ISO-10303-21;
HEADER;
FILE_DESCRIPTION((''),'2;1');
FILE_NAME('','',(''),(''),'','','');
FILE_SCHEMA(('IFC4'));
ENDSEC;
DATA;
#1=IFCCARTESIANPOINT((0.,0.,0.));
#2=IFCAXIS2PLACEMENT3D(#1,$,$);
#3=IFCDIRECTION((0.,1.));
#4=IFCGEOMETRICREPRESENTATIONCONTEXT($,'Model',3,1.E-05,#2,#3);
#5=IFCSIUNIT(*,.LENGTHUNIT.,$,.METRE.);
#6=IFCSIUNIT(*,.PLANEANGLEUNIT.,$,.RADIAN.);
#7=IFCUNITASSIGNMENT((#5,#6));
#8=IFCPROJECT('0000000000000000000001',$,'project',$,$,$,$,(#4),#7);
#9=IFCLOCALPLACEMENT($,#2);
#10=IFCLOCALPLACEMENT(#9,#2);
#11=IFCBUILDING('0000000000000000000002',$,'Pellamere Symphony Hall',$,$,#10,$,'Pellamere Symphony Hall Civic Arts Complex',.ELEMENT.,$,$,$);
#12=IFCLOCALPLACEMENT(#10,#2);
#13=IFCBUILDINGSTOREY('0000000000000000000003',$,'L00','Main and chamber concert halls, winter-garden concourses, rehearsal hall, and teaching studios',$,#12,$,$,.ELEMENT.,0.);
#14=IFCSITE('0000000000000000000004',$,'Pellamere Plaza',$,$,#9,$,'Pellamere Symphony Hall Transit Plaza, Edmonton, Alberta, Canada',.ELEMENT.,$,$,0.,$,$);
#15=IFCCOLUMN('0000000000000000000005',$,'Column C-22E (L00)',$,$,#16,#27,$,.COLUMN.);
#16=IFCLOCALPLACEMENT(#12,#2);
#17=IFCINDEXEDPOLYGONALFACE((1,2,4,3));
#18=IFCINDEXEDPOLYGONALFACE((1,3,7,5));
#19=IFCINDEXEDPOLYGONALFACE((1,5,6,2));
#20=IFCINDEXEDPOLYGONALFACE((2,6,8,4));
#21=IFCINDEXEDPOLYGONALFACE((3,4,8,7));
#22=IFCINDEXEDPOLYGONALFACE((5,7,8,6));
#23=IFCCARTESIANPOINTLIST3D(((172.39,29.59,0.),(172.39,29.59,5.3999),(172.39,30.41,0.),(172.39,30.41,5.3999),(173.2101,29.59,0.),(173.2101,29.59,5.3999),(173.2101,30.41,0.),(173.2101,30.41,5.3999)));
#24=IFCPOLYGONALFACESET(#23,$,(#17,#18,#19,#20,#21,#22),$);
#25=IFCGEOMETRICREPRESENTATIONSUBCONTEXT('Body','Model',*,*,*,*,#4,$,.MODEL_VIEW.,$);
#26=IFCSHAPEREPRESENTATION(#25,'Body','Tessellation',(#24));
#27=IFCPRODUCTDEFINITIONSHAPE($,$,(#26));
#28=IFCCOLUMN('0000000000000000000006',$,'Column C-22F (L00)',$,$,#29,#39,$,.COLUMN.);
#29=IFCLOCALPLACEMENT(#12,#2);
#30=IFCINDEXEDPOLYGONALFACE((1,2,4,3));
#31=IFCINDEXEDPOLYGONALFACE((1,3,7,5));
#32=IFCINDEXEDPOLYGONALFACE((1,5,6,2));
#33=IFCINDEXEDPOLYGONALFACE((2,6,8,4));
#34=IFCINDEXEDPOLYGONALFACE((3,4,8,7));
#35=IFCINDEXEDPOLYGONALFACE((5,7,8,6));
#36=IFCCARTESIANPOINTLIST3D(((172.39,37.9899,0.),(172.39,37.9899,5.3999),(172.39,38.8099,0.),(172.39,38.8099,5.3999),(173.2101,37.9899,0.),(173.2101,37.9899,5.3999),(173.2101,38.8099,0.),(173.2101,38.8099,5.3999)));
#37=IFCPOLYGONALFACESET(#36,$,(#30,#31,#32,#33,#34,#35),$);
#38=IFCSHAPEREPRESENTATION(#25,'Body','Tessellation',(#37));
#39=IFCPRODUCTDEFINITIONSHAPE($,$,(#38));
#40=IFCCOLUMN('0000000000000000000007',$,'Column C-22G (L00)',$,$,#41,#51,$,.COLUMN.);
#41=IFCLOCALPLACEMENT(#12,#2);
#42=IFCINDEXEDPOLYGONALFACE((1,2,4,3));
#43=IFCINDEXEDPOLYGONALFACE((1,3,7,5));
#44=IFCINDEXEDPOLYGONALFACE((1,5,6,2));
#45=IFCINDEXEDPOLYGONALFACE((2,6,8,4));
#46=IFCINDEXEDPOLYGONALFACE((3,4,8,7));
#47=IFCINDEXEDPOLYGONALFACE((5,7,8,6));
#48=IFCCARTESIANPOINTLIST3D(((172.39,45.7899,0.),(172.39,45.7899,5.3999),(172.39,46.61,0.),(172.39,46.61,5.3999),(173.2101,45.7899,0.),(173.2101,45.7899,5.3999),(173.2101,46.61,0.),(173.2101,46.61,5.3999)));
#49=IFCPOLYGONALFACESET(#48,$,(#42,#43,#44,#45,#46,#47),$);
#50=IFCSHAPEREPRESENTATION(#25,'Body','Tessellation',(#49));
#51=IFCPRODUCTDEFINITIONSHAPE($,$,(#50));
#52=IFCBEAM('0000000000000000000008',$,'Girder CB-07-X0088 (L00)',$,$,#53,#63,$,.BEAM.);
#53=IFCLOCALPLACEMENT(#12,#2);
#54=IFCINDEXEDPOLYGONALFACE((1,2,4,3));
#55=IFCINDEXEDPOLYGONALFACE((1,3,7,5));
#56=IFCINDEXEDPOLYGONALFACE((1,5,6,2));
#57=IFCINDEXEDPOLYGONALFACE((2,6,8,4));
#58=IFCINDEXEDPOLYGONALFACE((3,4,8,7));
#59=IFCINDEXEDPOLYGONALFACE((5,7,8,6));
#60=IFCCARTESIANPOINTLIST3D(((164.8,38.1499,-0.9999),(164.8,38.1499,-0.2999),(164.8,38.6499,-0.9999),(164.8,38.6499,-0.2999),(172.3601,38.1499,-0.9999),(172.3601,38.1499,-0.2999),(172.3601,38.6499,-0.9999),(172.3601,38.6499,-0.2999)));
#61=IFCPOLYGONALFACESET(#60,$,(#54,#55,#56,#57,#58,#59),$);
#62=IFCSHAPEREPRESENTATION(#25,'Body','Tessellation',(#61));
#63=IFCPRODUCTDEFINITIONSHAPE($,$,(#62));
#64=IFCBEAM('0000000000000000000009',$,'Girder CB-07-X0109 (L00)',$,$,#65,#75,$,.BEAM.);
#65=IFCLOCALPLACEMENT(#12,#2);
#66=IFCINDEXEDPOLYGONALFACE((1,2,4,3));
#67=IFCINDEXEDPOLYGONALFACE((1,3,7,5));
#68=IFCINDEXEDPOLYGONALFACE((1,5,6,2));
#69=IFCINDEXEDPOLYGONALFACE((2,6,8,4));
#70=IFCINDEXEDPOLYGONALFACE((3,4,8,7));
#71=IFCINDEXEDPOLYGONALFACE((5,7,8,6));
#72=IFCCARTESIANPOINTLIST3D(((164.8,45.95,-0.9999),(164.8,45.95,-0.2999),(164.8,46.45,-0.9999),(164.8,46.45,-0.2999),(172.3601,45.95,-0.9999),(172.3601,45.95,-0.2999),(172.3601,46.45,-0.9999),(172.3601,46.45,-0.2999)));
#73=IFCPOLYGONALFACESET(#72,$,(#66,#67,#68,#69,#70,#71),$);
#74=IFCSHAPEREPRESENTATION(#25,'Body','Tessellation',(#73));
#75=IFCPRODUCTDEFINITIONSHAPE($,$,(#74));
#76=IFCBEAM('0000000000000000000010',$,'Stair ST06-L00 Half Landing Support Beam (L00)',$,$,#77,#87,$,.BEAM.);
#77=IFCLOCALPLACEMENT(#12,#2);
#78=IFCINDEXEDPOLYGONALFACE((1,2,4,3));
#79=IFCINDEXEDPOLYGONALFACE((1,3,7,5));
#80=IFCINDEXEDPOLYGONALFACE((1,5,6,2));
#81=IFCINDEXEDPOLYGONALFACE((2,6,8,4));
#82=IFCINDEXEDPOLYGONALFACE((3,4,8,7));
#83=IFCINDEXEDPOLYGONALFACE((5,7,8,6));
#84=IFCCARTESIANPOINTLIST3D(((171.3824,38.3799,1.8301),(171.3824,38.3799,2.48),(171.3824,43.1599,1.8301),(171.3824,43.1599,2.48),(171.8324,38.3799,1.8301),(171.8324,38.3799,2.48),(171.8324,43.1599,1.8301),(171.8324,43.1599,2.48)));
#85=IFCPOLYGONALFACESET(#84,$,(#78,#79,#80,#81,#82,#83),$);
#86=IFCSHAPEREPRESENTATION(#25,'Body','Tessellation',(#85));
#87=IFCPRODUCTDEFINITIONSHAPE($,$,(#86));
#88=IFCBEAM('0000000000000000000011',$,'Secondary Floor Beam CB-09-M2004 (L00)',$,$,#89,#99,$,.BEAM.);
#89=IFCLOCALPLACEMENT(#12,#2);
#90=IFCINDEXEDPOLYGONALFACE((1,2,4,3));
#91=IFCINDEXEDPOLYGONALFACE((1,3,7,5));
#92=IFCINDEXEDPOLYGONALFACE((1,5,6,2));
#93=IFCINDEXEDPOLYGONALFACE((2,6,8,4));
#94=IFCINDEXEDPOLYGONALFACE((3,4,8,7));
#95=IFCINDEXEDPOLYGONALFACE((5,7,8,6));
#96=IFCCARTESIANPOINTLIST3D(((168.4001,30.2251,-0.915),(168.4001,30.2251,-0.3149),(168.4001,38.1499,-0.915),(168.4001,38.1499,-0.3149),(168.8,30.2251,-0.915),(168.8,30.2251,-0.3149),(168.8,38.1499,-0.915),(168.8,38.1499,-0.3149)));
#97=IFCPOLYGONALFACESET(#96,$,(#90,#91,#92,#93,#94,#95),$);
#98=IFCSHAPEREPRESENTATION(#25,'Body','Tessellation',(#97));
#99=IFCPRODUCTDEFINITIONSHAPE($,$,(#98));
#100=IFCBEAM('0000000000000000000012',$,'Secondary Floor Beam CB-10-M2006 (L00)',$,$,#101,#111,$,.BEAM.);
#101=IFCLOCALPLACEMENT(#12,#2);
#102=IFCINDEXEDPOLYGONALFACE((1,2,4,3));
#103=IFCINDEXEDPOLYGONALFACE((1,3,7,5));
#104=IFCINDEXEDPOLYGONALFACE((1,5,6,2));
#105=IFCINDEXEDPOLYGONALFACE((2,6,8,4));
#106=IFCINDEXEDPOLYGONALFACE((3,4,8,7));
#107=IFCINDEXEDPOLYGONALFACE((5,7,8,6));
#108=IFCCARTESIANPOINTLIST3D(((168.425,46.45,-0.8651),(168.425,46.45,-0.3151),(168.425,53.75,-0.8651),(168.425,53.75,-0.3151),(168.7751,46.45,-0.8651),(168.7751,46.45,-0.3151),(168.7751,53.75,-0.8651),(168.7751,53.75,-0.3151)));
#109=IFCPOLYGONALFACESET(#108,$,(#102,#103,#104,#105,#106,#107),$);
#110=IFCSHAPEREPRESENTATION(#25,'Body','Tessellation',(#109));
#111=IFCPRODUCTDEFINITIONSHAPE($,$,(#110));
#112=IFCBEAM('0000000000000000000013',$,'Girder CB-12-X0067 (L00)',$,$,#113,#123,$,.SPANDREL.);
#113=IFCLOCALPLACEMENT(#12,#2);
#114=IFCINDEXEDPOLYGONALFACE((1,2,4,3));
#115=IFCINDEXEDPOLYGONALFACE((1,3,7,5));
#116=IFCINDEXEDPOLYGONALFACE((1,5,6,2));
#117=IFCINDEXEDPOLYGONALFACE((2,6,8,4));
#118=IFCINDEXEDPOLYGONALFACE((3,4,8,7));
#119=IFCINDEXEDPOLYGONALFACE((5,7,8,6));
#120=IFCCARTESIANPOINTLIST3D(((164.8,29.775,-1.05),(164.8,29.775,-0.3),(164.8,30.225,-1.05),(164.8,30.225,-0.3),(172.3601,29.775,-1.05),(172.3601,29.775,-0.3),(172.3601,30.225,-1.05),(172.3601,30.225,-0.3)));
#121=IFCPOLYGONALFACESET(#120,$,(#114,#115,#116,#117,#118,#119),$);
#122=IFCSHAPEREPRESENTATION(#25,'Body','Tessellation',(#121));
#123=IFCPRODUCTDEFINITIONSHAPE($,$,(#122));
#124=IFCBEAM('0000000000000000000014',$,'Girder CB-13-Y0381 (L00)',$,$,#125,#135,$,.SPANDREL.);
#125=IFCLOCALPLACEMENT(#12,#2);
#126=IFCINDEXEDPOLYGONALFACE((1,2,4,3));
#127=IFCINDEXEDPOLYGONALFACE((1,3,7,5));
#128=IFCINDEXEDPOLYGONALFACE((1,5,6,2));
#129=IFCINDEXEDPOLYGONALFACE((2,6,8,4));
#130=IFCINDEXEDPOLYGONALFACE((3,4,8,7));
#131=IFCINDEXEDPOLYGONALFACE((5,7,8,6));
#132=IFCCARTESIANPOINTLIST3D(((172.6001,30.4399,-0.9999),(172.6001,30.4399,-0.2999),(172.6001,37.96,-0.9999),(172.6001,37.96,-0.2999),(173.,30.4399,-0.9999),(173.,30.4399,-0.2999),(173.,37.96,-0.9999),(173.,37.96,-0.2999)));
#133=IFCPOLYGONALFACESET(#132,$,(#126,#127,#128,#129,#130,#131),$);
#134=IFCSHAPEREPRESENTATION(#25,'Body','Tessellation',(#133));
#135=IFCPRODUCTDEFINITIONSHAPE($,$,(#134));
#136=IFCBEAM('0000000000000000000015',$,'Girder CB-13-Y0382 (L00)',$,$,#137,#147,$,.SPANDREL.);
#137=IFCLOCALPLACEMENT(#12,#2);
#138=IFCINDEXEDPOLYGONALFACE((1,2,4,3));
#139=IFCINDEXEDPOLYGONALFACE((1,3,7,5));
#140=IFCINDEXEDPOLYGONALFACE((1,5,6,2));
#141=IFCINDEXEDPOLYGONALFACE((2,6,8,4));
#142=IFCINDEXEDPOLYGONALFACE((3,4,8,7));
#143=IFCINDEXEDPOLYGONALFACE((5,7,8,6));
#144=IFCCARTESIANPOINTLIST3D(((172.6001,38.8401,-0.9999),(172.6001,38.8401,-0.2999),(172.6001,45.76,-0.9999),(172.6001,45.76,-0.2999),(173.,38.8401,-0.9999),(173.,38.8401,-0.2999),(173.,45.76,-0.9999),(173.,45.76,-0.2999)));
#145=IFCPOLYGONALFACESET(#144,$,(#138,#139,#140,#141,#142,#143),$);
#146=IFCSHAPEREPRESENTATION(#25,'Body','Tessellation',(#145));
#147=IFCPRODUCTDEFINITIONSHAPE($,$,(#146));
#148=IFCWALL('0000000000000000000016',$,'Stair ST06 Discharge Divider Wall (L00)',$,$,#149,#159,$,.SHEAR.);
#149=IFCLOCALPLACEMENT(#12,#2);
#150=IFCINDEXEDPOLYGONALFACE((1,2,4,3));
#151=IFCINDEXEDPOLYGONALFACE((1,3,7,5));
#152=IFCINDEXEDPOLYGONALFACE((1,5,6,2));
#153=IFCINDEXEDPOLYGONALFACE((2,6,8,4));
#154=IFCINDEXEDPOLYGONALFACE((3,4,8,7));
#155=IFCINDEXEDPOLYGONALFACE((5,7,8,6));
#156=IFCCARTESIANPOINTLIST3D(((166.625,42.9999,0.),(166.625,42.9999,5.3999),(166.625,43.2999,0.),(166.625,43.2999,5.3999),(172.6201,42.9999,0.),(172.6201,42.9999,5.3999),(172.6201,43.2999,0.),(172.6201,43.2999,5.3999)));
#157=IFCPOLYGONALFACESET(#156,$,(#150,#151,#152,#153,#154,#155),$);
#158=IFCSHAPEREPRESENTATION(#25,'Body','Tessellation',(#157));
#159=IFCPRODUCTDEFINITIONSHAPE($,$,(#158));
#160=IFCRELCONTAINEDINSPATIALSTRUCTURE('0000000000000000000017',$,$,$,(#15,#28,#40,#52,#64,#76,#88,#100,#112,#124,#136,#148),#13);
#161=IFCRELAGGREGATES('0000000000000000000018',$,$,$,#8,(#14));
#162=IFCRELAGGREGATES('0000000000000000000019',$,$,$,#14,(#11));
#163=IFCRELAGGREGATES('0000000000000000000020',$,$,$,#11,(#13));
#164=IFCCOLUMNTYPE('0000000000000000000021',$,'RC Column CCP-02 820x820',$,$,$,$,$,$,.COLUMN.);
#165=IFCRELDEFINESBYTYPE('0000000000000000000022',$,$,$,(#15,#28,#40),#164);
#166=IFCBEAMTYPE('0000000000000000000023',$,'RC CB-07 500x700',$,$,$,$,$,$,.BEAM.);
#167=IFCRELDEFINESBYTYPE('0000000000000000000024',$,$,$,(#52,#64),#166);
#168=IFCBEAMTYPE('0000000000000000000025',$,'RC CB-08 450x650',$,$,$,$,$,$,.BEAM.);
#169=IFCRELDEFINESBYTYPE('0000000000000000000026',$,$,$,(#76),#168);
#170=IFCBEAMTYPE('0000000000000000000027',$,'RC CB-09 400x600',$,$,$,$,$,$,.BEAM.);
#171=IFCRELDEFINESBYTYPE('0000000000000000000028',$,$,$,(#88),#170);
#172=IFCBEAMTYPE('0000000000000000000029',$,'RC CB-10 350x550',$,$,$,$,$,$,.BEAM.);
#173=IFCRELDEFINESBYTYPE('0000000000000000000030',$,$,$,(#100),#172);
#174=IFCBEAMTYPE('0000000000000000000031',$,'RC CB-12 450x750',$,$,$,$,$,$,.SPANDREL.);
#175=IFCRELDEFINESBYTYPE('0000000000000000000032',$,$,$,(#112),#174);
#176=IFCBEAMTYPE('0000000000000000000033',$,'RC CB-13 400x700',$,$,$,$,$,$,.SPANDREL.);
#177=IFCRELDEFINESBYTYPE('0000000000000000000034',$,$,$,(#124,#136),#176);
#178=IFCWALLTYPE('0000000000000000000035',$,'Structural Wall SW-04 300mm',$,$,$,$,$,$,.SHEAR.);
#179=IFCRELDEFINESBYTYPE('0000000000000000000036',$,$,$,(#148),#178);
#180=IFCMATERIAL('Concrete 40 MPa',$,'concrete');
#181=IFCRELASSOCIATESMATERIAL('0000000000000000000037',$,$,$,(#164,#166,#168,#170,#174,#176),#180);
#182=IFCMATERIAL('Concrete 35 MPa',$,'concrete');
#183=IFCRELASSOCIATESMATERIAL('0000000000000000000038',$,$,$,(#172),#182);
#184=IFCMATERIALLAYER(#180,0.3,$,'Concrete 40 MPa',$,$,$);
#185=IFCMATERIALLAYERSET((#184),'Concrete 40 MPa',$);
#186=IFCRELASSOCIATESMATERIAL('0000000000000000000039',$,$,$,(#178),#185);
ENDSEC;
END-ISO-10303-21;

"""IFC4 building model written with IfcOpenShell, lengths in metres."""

from ifc_helpers import new_model, si_unit, direction, frame, frame_2d, origin, origin_2d, place, context, subcontext, project, spatial, rectangle, extrude, material, layer, layer_set, material_profile, profile_set, type_object, element, save


model = new_model("IFC4")

# Units and contexts
model_context = context("Model", 3, precision=1e-05, world=origin(), true_north=direction((0.0, 1.0)))
body_context = subcontext(model_context, "Body", "Model", "MODEL_VIEW")
ifc_project = project(units=[si_unit("LENGTHUNIT", "METRE"), si_unit("PLANEANGLEUNIT", "RADIAN")], contexts=[model_context])

# Site, building, storey
site_placement = place(None, origin())
site = spatial("IfcSite", under=ifc_project, at=site_placement, Name="Pellamere Plaza", LongName="Pellamere Symphony Hall Transit Plaza, Edmonton, Alberta, Canada", CompositionType="ELEMENT", RefElevation=0.0)
building_placement = place(site_placement, origin())
building = spatial("IfcBuilding", under=site, at=building_placement, Name="Pellamere Symphony Hall", LongName="Pellamere Symphony Hall Civic Arts Complex", CompositionType="ELEMENT")
storey_placement = place(building_placement, origin())
storey = spatial("IfcBuildingStorey", under=building, at=storey_placement, Name="L00", Description="Main and chamber concert halls, winter-garden concourses, rehearsal hall, and teaching studios", CompositionType="ELEMENT", Elevation=0.0)

# Columns
ifc_material_1 = material(Name="Concrete 40 MPa", Category="concrete")
ifc_material_profile_1 = material_profile(ifc_material_1, rectangle(XDim=0.8201, YDim=0.8201, at=origin_2d()), Name="RC 820x820")
ifc_profile_set_1 = profile_set([ifc_material_profile_1], Name="Concrete 40 MPa")
column_type = type_object("IfcColumnType", Name="RC Column CCP-02 820x820", PredefinedType="COLUMN", material=ifc_profile_set_1)
for number, where, z_axis, x_axis, name in (
    (1, (172.8, 30.0, 0.0), (0.0, 0.0, 1.0), (1.0, 0.0, 0.0), "Column C-22E (L00)"),
    (2, (172.8, 38.3999, 0.0), (0.0, 0.0, 1.0), (1.0, 0.0, 0.0), "Column C-22F (L00)"),
    (3, (172.8, 46.2, 0.0), (0.0, 0.0, 1.0), (1.0, 0.0, 0.0), "Column C-22G (L00)"),
):
    element("IfcColumn", number, at=place(storey_placement, frame(where, z_axis=z_axis, x_axis=x_axis)), inside=storey, type_object=column_type, Name=name, PredefinedType="COLUMN", context=body_context, shape_type="SweptSolid", body=[
        extrude(rectangle(XDim=0.8201, YDim=0.8201, at=origin_2d()), origin(), (0.0, 0.0, 1.0), 5.3999),
    ])

# Beams
ifc_material_profile_2 = material_profile(ifc_material_1, rectangle(XDim=0.5, YDim=0.7, at=origin_2d()), Name="RC 500x700")
ifc_profile_set_2 = profile_set([ifc_material_profile_2], Name="Concrete 40 MPa")
beam_type_1 = type_object("IfcBeamType", Name="RC CB-07 500x700", PredefinedType="BEAM", material=ifc_profile_set_2)
for number, where, z_axis, x_axis, name in (
    (4, (164.8, 38.3999, -0.6499), (1.0, 0.0, 0.0), (0.0, 1.0, 0.0), "Girder CB-07-X0088 (L00)"),
    (5, (164.8, 46.2, -0.6499), (1.0, 0.0, 0.0), (0.0, 1.0, 0.0), "Girder CB-07-X0109 (L00)"),
):
    element("IfcBeam", number, at=place(storey_placement, frame(where, z_axis=z_axis, x_axis=x_axis)), inside=storey, type_object=beam_type_1, Name=name, PredefinedType="BEAM", context=body_context, shape_type="SweptSolid", body=[
        extrude(rectangle(XDim=0.5, YDim=0.7, at=origin_2d()), origin(), (0.0, 0.0, 1.0), 7.5601),
    ])
ifc_material_profile_3 = material_profile(ifc_material_1, rectangle(XDim=0.45, YDim=0.6499, at=origin_2d()), Name="RC 450x650")
ifc_profile_set_3 = profile_set([ifc_material_profile_3], Name="Concrete 40 MPa")
beam_type_2 = type_object("IfcBeamType", Name="RC CB-08 450x650", PredefinedType="BEAM", material=ifc_profile_set_3)
beam_1_placement = place(storey_placement, frame((171.6074, 38.3799, 2.155), z_axis=(0.0, 1.0, 0.0), x_axis=(-1.0, 0.0, 0.0)))
element("IfcBeam", 6, at=beam_1_placement, inside=storey, type_object=beam_type_2, Name="Stair ST06-L00 Half Landing Support Beam (L00)", PredefinedType="BEAM", context=body_context, shape_type="SweptSolid", body=[
    extrude(rectangle(XDim=0.45, YDim=0.6499, at=origin_2d()), origin(), (0.0, 0.0, 1.0), 4.78),
])
ifc_material_profile_4 = material_profile(ifc_material_1, rectangle(XDim=0.3999, YDim=0.6001, at=origin_2d()), Name="RC 400x600")
ifc_profile_set_4 = profile_set([ifc_material_profile_4], Name="Concrete 40 MPa")
beam_type_3 = type_object("IfcBeamType", Name="RC CB-09 400x600", PredefinedType="BEAM", material=ifc_profile_set_4)
beam_2_placement = place(storey_placement, frame((168.6001, 30.2251, -0.615), z_axis=(0.0, 1.0, 0.0), x_axis=(-1.0, 0.0, 0.0)))
element("IfcBeam", 7, at=beam_2_placement, inside=storey, type_object=beam_type_3, Name="Secondary Floor Beam CB-09-M2004 (L00)", PredefinedType="BEAM", context=body_context, shape_type="SweptSolid", body=[
    extrude(rectangle(XDim=0.3999, YDim=0.6001, at=origin_2d()), origin(), (0.0, 0.0, 1.0), 7.9248),
])
ifc_material_2 = material(Name="Concrete 35 MPa", Category="concrete")
ifc_material_profile_5 = material_profile(ifc_material_2, rectangle(XDim=0.3501, YDim=0.55, at=origin_2d()), Name="RC 350x550")
ifc_profile_set_5 = profile_set([ifc_material_profile_5], Name="Concrete 35 MPa")
beam_type_4 = type_object("IfcBeamType", Name="RC CB-10 350x550", PredefinedType="BEAM", material=ifc_profile_set_5)
beam_3_placement = place(storey_placement, frame((168.6001, 46.45, -0.5901), z_axis=(0.0, 1.0, 0.0), x_axis=(-1.0, 0.0, 0.0)))
element("IfcBeam", 8, at=beam_3_placement, inside=storey, type_object=beam_type_4, Name="Secondary Floor Beam CB-10-M2006 (L00)", PredefinedType="BEAM", context=body_context, shape_type="SweptSolid", body=[
    extrude(rectangle(XDim=0.3501, YDim=0.55, at=origin_2d()), origin(), (0.0, 0.0, 1.0), 7.3),
])
ifc_material_profile_6 = material_profile(ifc_material_1, rectangle(XDim=0.45, YDim=0.75, at=origin_2d()), Name="RC 450x750")
ifc_profile_set_6 = profile_set([ifc_material_profile_6], Name="Concrete 40 MPa")
beam_type_5 = type_object("IfcBeamType", Name="RC CB-12 450x750", PredefinedType="SPANDREL", material=ifc_profile_set_6)
beam_4_placement = place(storey_placement, frame((164.8, 30.0, -0.675), z_axis=(1.0, 0.0, 0.0), x_axis=(0.0, 1.0, 0.0)))
element("IfcBeam", 9, at=beam_4_placement, inside=storey, type_object=beam_type_5, Name="Girder CB-12-X0067 (L00)", PredefinedType="SPANDREL", context=body_context, shape_type="SweptSolid", body=[
    extrude(rectangle(XDim=0.45, YDim=0.75, at=origin_2d()), origin(), (0.0, 0.0, 1.0), 7.5601),
])
ifc_material_profile_7 = material_profile(ifc_material_1, rectangle(XDim=0.3999, YDim=0.7, at=origin_2d()), Name="RC 400x700")
ifc_profile_set_7 = profile_set([ifc_material_profile_7], Name="Concrete 40 MPa")
beam_type_6 = type_object("IfcBeamType", Name="RC CB-13 400x700", PredefinedType="SPANDREL", material=ifc_profile_set_7)
beam_5_placement = place(storey_placement, frame((172.8, 30.4399, -0.6499), z_axis=(0.0, 1.0, 0.0), x_axis=(-1.0, 0.0, 0.0)))
element("IfcBeam", 10, at=beam_5_placement, inside=storey, type_object=beam_type_6, Name="Girder CB-13-Y0381 (L00)", PredefinedType="SPANDREL", context=body_context, shape_type="SweptSolid", body=[
    extrude(rectangle(XDim=0.3999, YDim=0.7, at=origin_2d()), origin(), (0.0, 0.0, 1.0), 7.52),
])
beam_6_placement = place(storey_placement, frame((172.8, 38.8401, -0.6499), z_axis=(0.0, 1.0, 0.0), x_axis=(-1.0, 0.0, 0.0)))
element("IfcBeam", 11, at=beam_6_placement, inside=storey, type_object=beam_type_6, Name="Girder CB-13-Y0382 (L00)", PredefinedType="SPANDREL", context=body_context, shape_type="SweptSolid", body=[
    extrude(rectangle(XDim=0.3999, YDim=0.7, at=origin_2d()), origin(), (0.0, 0.0, 1.0), 6.9199),
])

# Wall
ifc_layer_1 = layer(ifc_material_1, 0.3, Name="Concrete 40 MPa")
ifc_layer_set_1 = layer_set([ifc_layer_1], Name="Concrete 40 MPa")
wall_type_1 = type_object("IfcWallType", Name="Structural Wall SW-04 300mm", PredefinedType="SHEAR", material=ifc_layer_set_1)
wall_1_placement = place(storey_placement, frame((166.625, 43.1499, 0.0), z_axis=(0.0, 0.0, 1.0), x_axis=(1.0, 0.0, 0.0)))
element("IfcWall", 12, at=wall_1_placement, inside=storey, type_object=wall_type_1, Name="Stair ST06 Discharge Divider Wall (L00)", PredefinedType="SHEAR", context=body_context, shape_type="SweptSolid", body=[
    extrude(rectangle(XDim=5.9951, YDim=0.3, at=frame_2d((2.9976, 0.0))), origin(), (0.0, 0.0, 1.0), 5.3999),
])

save(model, "model.ifc")
